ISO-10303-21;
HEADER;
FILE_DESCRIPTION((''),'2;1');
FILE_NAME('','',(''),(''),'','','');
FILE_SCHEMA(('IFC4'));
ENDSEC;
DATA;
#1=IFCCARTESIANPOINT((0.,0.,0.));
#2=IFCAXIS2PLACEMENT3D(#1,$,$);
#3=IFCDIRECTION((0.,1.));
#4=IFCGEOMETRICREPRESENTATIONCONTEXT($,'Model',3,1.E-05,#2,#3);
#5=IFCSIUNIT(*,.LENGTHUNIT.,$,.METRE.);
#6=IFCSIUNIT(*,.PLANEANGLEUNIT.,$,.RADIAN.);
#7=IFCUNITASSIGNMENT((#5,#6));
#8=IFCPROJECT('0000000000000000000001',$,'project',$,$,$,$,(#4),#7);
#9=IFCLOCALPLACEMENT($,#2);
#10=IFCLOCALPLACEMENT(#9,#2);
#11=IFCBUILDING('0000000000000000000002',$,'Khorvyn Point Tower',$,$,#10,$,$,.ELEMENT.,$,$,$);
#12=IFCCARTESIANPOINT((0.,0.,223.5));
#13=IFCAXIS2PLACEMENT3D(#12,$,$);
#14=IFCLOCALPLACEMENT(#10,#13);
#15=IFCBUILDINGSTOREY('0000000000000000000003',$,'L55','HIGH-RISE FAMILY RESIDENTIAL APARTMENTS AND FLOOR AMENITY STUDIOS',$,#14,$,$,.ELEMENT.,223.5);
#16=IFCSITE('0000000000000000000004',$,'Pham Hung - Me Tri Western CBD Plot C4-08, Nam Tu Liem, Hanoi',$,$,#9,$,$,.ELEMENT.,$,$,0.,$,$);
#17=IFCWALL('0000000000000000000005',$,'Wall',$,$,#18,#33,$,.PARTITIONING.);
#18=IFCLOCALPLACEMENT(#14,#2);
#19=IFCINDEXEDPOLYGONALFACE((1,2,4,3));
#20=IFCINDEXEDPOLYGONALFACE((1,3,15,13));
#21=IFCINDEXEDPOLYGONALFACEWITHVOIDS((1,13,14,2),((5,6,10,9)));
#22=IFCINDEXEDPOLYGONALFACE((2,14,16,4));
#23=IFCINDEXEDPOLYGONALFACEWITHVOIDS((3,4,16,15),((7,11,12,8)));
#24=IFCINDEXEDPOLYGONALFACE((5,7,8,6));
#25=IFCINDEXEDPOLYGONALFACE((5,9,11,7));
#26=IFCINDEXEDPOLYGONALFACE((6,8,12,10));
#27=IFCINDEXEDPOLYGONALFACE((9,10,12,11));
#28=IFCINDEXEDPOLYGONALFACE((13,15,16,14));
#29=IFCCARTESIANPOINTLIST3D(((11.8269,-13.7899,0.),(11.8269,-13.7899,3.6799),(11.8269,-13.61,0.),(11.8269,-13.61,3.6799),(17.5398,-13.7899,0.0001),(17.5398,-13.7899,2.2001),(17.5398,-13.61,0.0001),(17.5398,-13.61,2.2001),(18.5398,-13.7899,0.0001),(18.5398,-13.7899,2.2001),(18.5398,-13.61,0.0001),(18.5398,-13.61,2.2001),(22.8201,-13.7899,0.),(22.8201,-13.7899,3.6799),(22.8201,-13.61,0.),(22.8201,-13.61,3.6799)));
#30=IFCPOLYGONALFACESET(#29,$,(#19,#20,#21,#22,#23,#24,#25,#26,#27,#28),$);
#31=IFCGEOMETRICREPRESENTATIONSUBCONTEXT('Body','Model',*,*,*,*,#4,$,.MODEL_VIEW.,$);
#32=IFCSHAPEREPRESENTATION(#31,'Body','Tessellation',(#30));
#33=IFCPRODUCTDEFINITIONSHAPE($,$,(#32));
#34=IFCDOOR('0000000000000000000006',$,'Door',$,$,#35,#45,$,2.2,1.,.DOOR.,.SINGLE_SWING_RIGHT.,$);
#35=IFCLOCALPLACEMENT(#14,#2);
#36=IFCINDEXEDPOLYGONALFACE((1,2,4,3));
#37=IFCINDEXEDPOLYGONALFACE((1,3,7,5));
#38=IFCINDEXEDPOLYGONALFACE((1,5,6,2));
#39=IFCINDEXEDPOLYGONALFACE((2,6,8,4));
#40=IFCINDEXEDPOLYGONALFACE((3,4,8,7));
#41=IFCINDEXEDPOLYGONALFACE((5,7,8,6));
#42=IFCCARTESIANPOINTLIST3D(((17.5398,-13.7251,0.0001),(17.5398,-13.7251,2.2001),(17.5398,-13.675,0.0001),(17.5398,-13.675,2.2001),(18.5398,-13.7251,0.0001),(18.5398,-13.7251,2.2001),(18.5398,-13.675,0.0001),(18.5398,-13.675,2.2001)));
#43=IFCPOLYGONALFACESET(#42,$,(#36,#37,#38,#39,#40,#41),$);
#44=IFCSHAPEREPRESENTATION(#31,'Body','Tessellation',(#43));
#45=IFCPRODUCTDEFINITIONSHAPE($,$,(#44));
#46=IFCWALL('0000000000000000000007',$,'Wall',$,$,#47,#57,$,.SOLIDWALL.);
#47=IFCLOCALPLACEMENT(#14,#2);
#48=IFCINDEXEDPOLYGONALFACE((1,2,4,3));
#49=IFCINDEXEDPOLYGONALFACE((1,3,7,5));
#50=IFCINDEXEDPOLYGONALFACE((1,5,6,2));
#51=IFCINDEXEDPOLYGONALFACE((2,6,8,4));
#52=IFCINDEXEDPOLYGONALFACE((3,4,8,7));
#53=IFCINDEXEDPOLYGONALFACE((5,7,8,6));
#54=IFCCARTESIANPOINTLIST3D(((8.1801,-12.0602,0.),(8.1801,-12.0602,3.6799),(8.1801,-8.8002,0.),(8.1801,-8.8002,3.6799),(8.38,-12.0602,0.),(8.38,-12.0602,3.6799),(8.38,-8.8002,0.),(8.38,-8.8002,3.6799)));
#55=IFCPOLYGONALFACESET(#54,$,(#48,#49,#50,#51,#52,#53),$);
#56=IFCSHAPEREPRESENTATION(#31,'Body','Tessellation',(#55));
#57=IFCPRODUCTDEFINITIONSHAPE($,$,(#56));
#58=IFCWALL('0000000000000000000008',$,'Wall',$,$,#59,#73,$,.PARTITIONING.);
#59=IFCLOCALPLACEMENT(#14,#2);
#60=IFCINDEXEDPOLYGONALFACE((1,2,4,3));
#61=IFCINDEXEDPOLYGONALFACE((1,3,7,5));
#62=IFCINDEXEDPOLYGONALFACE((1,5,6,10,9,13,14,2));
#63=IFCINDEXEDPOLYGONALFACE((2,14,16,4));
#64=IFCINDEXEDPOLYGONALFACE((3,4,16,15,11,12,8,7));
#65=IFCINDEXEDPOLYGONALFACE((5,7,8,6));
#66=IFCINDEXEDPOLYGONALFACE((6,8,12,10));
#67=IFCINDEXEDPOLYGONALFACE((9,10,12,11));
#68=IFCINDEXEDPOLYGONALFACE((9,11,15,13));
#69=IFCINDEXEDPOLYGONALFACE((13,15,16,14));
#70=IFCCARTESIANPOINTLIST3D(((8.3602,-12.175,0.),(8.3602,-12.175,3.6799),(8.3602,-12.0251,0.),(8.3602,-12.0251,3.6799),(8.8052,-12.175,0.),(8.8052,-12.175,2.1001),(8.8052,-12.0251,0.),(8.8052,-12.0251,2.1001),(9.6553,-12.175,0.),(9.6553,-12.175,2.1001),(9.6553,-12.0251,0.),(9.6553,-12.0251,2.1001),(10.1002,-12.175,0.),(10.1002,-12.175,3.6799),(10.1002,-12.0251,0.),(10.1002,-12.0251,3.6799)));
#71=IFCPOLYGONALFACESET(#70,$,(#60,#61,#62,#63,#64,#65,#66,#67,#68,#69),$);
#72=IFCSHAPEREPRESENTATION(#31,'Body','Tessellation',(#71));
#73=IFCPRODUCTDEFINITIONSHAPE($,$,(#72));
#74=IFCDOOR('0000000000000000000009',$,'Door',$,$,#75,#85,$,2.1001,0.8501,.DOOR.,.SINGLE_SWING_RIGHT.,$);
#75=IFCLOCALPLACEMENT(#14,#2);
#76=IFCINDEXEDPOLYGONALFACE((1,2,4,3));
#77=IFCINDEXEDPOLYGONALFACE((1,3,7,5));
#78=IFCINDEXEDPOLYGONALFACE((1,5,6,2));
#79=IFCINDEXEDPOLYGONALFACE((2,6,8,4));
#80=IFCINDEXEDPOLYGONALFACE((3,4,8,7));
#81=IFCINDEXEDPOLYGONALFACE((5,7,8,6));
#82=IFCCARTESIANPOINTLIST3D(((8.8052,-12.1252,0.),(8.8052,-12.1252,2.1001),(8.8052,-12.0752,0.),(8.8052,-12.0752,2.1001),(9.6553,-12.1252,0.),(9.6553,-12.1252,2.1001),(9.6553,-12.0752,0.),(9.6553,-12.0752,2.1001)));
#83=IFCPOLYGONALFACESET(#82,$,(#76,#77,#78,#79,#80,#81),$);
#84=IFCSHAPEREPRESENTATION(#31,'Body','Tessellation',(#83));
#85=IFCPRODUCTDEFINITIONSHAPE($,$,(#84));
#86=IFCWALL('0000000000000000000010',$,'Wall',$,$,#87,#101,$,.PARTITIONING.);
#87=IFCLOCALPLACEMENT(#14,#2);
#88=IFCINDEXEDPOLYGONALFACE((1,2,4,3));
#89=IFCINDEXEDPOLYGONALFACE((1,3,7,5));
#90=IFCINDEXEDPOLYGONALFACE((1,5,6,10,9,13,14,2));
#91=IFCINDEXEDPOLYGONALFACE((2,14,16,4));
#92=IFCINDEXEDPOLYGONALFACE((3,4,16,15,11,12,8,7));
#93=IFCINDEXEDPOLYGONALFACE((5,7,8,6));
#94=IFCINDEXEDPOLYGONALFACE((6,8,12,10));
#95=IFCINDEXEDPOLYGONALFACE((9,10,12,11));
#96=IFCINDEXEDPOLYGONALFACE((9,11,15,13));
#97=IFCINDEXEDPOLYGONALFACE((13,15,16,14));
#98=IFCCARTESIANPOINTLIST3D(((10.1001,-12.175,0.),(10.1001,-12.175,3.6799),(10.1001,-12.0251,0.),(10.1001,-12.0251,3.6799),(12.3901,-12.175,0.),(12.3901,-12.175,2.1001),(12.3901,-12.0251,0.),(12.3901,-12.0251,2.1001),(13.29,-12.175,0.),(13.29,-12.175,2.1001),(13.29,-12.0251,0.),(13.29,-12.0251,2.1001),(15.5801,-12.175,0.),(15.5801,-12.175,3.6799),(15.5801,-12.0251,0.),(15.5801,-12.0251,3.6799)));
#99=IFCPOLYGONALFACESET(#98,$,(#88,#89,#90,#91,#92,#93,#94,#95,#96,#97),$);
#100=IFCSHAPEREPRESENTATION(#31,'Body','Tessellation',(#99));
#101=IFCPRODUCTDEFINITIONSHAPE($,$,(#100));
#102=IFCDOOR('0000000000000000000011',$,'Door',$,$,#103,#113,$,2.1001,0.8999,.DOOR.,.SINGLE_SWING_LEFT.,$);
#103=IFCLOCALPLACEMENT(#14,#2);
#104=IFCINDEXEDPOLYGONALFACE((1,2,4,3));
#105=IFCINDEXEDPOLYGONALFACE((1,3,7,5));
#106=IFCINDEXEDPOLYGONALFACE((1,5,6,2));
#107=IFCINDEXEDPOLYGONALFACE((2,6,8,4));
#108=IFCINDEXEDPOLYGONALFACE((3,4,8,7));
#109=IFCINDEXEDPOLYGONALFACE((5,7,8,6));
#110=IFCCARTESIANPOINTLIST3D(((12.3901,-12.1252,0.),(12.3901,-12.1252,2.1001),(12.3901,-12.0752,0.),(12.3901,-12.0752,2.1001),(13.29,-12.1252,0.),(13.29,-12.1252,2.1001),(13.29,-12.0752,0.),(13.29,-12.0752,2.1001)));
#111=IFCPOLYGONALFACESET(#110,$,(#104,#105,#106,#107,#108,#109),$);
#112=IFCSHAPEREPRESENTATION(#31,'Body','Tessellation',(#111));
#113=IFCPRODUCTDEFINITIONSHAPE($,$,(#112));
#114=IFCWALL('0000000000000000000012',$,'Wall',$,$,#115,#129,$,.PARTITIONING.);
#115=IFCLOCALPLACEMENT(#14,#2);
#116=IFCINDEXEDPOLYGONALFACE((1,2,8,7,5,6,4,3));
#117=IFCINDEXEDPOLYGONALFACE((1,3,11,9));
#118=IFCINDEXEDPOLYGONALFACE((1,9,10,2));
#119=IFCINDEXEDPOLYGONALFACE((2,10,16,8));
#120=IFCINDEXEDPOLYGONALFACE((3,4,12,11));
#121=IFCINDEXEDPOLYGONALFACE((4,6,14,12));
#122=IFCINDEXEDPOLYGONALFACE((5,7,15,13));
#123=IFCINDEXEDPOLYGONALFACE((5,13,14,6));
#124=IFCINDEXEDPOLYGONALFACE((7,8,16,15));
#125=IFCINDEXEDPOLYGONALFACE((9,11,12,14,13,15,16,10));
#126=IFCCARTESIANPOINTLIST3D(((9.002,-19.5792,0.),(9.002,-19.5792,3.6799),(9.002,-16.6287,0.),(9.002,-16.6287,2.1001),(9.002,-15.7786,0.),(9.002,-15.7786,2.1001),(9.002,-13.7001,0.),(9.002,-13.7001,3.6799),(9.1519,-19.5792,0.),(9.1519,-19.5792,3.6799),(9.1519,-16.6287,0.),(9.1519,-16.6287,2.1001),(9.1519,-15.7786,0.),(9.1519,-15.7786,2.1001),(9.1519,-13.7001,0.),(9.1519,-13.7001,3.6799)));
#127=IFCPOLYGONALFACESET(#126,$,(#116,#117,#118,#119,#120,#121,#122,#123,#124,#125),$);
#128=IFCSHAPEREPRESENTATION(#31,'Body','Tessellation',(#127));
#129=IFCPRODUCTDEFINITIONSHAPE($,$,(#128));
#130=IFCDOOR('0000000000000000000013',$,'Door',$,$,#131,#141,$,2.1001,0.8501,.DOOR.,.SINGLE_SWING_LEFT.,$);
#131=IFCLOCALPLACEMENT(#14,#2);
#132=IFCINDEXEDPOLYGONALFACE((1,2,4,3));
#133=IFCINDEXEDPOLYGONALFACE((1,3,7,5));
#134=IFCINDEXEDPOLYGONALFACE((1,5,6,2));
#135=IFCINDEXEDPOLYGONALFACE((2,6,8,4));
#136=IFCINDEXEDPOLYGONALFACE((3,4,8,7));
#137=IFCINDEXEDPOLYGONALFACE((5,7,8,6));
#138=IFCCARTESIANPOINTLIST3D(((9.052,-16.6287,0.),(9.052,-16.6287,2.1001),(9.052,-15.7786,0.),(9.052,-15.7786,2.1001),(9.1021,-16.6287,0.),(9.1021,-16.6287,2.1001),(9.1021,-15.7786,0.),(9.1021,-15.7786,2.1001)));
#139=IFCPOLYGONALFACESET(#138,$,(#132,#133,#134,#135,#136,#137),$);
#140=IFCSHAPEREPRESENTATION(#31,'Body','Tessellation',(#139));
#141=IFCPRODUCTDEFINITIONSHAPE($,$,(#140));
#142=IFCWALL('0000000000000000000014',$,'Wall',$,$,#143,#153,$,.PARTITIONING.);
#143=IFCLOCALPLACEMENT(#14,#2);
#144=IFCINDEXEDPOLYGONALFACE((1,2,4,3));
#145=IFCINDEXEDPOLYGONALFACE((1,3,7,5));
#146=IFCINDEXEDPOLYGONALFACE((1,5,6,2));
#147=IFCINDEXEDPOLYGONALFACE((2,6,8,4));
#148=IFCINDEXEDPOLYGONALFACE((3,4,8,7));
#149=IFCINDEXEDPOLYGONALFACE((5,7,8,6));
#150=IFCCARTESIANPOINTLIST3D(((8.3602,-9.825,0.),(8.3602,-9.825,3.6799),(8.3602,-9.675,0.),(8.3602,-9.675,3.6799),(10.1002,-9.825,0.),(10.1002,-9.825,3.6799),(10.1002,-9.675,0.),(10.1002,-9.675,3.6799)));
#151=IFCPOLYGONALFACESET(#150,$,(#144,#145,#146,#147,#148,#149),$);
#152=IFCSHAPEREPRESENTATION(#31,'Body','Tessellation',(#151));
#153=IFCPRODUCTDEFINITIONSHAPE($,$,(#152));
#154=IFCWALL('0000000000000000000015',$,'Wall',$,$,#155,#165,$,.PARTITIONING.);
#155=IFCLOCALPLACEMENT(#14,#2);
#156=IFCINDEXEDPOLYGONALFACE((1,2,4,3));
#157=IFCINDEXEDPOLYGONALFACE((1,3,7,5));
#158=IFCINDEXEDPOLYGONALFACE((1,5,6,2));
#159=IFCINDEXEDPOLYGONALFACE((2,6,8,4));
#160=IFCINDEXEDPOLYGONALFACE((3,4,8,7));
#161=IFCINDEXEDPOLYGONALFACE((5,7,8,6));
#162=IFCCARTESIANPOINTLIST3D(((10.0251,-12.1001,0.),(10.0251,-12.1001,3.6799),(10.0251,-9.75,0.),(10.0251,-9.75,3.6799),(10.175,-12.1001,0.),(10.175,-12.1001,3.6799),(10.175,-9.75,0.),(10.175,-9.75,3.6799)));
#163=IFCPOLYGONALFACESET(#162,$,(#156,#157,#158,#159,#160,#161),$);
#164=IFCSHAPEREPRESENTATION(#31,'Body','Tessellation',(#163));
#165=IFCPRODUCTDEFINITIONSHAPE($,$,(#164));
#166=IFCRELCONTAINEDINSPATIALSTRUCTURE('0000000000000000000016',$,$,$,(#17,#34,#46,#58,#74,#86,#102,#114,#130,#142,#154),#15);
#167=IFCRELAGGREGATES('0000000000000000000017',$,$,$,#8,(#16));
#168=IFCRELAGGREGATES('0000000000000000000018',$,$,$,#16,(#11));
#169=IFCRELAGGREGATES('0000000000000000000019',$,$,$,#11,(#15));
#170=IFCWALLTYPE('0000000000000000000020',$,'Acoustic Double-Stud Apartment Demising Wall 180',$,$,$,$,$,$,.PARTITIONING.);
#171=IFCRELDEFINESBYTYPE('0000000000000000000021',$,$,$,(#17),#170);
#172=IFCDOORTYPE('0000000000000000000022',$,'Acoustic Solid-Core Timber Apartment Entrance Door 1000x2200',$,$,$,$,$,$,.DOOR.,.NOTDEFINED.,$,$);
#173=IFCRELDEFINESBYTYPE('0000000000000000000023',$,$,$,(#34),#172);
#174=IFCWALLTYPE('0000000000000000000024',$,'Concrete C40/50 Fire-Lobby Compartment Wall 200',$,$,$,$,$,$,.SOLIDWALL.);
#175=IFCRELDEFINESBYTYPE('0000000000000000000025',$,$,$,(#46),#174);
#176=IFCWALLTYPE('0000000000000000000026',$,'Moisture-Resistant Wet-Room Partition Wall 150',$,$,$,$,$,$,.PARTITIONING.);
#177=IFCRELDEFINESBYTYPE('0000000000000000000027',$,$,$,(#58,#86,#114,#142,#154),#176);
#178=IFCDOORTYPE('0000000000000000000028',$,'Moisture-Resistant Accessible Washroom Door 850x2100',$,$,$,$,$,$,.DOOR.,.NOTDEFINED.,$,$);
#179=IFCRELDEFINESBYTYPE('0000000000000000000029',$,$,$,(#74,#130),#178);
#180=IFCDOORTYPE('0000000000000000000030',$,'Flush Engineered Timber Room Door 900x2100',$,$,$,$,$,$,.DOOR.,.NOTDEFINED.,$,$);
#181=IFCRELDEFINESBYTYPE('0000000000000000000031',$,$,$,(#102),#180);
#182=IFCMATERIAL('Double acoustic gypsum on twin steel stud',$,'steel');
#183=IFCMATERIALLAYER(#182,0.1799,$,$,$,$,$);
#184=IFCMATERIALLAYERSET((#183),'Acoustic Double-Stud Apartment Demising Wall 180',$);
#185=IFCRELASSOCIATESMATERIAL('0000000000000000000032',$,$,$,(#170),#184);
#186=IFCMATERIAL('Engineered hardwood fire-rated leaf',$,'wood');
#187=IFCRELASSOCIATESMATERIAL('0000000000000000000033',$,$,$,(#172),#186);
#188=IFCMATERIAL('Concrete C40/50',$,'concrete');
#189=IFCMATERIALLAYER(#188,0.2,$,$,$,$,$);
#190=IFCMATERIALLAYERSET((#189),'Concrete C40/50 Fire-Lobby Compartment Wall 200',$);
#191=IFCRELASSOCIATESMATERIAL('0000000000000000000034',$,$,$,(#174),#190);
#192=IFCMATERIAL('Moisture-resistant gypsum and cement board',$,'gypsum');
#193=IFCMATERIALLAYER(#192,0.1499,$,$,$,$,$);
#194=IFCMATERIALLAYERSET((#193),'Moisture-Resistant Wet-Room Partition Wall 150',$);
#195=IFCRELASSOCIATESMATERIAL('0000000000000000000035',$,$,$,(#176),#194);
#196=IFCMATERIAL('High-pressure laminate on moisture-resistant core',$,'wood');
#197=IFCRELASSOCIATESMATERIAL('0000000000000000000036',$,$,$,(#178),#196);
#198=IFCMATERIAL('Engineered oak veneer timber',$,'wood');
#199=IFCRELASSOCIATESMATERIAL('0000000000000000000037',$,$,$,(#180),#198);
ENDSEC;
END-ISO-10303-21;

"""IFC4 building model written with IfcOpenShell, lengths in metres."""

from ifc_helpers import new_model, si_unit, direction, frame, frame_2d, origin, place, context, subcontext, project, spatial, rectangle, extrude, material, layer, layer_set, type_object, element, fill, save


model = new_model("IFC4")

# Units and contexts
model_context = context("Model", 3, precision=1e-05, world=origin(), true_north=direction((0.0, 1.0)))
body_context = subcontext(model_context, "Body", "Model", "MODEL_VIEW")
ifc_project = project(units=[si_unit("LENGTHUNIT", "METRE"), si_unit("PLANEANGLEUNIT", "RADIAN")], contexts=[model_context])

# Site, building, storey
site_placement = place(None, origin())
site = spatial("IfcSite", under=ifc_project, at=site_placement, Name="Pham Hung - Me Tri Western CBD Plot C4-08, Nam Tu Liem, Hanoi", CompositionType="ELEMENT", RefElevation=0.0)
building_placement = place(site_placement, origin())
building = spatial("IfcBuilding", under=site, at=building_placement, Name="Khorvyn Point Tower", CompositionType="ELEMENT")
storey_placement = place(building_placement, frame((0.0, 0.0, 223.5)))
storey = spatial("IfcBuildingStorey", under=building, at=storey_placement, Name="L55", Description="HIGH-RISE FAMILY RESIDENTIAL APARTMENTS AND FLOOR AMENITY STUDIOS", CompositionType="ELEMENT", Elevation=223.5)

# Wall, opening, door
ifc_material_1 = material(Name="Double acoustic gypsum on twin steel stud", Category="steel")
ifc_layer_1 = layer(ifc_material_1, 0.1799)
ifc_layer_set_1 = layer_set([ifc_layer_1], Name="Acoustic Double-Stud Apartment Demising Wall 180")
wall_type_1 = type_object("IfcWallType", Name="Acoustic Double-Stud Apartment Demising Wall 180", PredefinedType="PARTITIONING", material=ifc_layer_set_1)
ifc_material_2 = material(Name="Engineered hardwood fire-rated leaf", Category="wood")
door_type_1 = type_object("IfcDoorType", Name="Acoustic Solid-Core Timber Apartment Entrance Door 1000x2200", OperationType="NOTDEFINED", PredefinedType="DOOR", material=ifc_material_2)
wall_1_placement = place(storey_placement, frame((11.8269, -13.7, 0.0), z_axis=(0.0, 0.0, 1.0), x_axis=(1.0, 0.0, 0.0)))
wall_1 = element("IfcWall", 1, at=wall_1_placement, inside=storey, type_object=wall_type_1, Name="Wall", PredefinedType="PARTITIONING", context=body_context, shape_type="SweptSolid", body=[
    extrude(rectangle(XDim=10.9932, YDim=0.1799, at=frame_2d((5.4966, 0.0))), origin(), (0.0, 0.0, 1.0), 3.6799),
])
opening_1_placement = place(wall_1_placement, frame((5.7129, 0.0, 0.0)))
opening_1 = element("IfcOpeningElement", 2, at=opening_1_placement, cuts=wall_1, PredefinedType="OPENING", context=body_context, shape_type="SweptSolid", body=[
    extrude(rectangle(XDim=1.0, YDim=2.2, at=frame_2d((0.5, 1.1001))), frame((0.0, 0.0999, 0.0), z_axis=(0.0, -1.0, 0.0), x_axis=(1.0, 0.0, 0.0)), (0.0, 0.0, 1.0), 0.2),
])
door_1_placement = place(opening_1_placement, origin())
door_1 = element("IfcDoor", 3, at=door_1_placement, inside=storey, type_object=door_type_1, Name="Door", OperationType="SINGLE_SWING_RIGHT", OverallHeight=2.2, OverallWidth=1.0, PredefinedType="DOOR", context=body_context, shape_type="SweptSolid", body=[
    extrude(rectangle(XDim=1.0, YDim=2.2, at=frame_2d((0.5, 1.1001))), frame((0.0, 0.0249, 0.0), z_axis=(0.0, -1.0, 0.0), x_axis=(1.0, 0.0, 0.0)), (0.0, 0.0, 1.0), 0.05),
])
fill(opening_1, door_1)
ifc_material_3 = material(Name="Concrete C40/50", Category="concrete")
ifc_layer_2 = layer(ifc_material_3, 0.2)
ifc_layer_set_2 = layer_set([ifc_layer_2], Name="Concrete C40/50 Fire-Lobby Compartment Wall 200")
wall_type_2 = type_object("IfcWallType", Name="Concrete C40/50 Fire-Lobby Compartment Wall 200", PredefinedType="SOLIDWALL", material=ifc_layer_set_2)

# Wall
wall_2_placement = place(storey_placement, frame((8.28, -12.0601, 0.0), z_axis=(0.0, 0.0, 1.0), x_axis=(0.0, 1.0, 0.0)))
element("IfcWall", 4, at=wall_2_placement, inside=storey, type_object=wall_type_2, Name="Wall", PredefinedType="SOLIDWALL", context=body_context, shape_type="SweptSolid", body=[
    extrude(rectangle(XDim=3.26, YDim=0.2, at=frame_2d((1.6299, 0.0))), origin(), (0.0, 0.0, 1.0), 3.6799),
])

# Walls, openings, doors
ifc_material_4 = material(Name="Moisture-resistant gypsum and cement board", Category="gypsum")
ifc_layer_3 = layer(ifc_material_4, 0.1499)
ifc_layer_set_3 = layer_set([ifc_layer_3], Name="Moisture-Resistant Wet-Room Partition Wall 150")
wall_type_3 = type_object("IfcWallType", Name="Moisture-Resistant Wet-Room Partition Wall 150", PredefinedType="PARTITIONING", material=ifc_layer_set_3)
wall_3_placement = place(storey_placement, frame((8.3601, -12.1001, 0.0), z_axis=(0.0, 0.0, 1.0), x_axis=(1.0, 0.0, 0.0)))
wall_3 = element("IfcWall", 5, at=wall_3_placement, inside=storey, type_object=wall_type_3, Name="Wall", PredefinedType="PARTITIONING", context=body_context, shape_type="SweptSolid", body=[
    extrude(rectangle(XDim=1.74, YDim=0.1499, at=frame_2d((0.8701, 0.0))), origin(), (0.0, 0.0, 1.0), 3.6799),
])
opening_2_placement = place(wall_3_placement, frame((0.4451, 0.0, 0.0)))
opening_2 = element("IfcOpeningElement", 6, at=opening_2_placement, cuts=wall_3, PredefinedType="OPENING", context=body_context, shape_type="SweptSolid", body=[
    extrude(rectangle(XDim=0.8501, YDim=2.1001, at=frame_2d((0.425, 1.05))), frame((0.0, 0.085, 0.0), z_axis=(0.0, -1.0, 0.0), x_axis=(1.0, 0.0, 0.0)), (0.0, 0.0, 1.0), 0.1699),
])
ifc_material_5 = material(Name="High-pressure laminate on moisture-resistant core", Category="wood")
door_type_2 = type_object("IfcDoorType", Name="Moisture-Resistant Accessible Washroom Door 850x2100", OperationType="NOTDEFINED", PredefinedType="DOOR", material=ifc_material_5)
door_2_placement = place(opening_2_placement, origin())
door_2 = element("IfcDoor", 7, at=door_2_placement, inside=storey, type_object=door_type_2, Name="Door", OperationType="SINGLE_SWING_RIGHT", OverallHeight=2.1001, OverallWidth=0.8501, PredefinedType="DOOR", context=body_context, shape_type="SweptSolid", body=[
    extrude(rectangle(XDim=0.8501, YDim=2.1001, at=frame_2d((0.425, 1.05))), frame((0.0, 0.0249, 0.0), z_axis=(0.0, -1.0, 0.0), x_axis=(1.0, 0.0, 0.0)), (0.0, 0.0, 1.0), 0.05),
])
fill(opening_2, door_2)
wall_4_placement = place(storey_placement, frame((10.1001, -12.1001, 0.0), z_axis=(0.0, 0.0, 1.0), x_axis=(1.0, 0.0, 0.0)))
wall_4 = element("IfcWall", 8, at=wall_4_placement, inside=storey, type_object=wall_type_3, Name="Wall", PredefinedType="PARTITIONING", context=body_context, shape_type="SweptSolid", body=[
    extrude(rectangle(XDim=5.48, YDim=0.1499, at=frame_2d((2.74, 0.0))), origin(), (0.0, 0.0, 1.0), 3.6799),
])
opening_3_placement = place(wall_4_placement, frame((2.29, 0.0, 0.0)))
opening_3 = element("IfcOpeningElement", 9, at=opening_3_placement, cuts=wall_4, PredefinedType="OPENING", context=body_context, shape_type="SweptSolid", body=[
    extrude(rectangle(XDim=0.8999, YDim=2.1001, at=frame_2d((0.45, 1.05))), frame((0.0, 0.085, 0.0), z_axis=(0.0, -1.0, 0.0), x_axis=(1.0, 0.0, 0.0)), (0.0, 0.0, 1.0), 0.1699),
])
ifc_material_6 = material(Name="Engineered oak veneer timber", Category="wood")
door_type_3 = type_object("IfcDoorType", Name="Flush Engineered Timber Room Door 900x2100", OperationType="NOTDEFINED", PredefinedType="DOOR", material=ifc_material_6)
door_3_placement = place(opening_3_placement, origin())
door_3 = element("IfcDoor", 10, at=door_3_placement, inside=storey, type_object=door_type_3, Name="Door", OperationType="SINGLE_SWING_LEFT", OverallHeight=2.1001, OverallWidth=0.8999, PredefinedType="DOOR", context=body_context, shape_type="SweptSolid", body=[
    extrude(rectangle(XDim=0.8999, YDim=2.1001, at=frame_2d((0.45, 1.05))), frame((0.0, 0.0249, 0.0), z_axis=(0.0, -1.0, 0.0), x_axis=(1.0, 0.0, 0.0)), (0.0, 0.0, 1.0), 0.05),
])
fill(opening_3, door_3)
wall_5_placement = place(storey_placement, frame((9.0769, -19.5791, 0.0), z_axis=(0.0, 0.0, 1.0), x_axis=(0.0, 1.0, 0.0)))
wall_5 = element("IfcWall", 11, at=wall_5_placement, inside=storey, type_object=wall_type_3, Name="Wall", PredefinedType="PARTITIONING", context=body_context, shape_type="SweptSolid", body=[
    extrude(rectangle(XDim=5.8792, YDim=0.1499, at=frame_2d((2.9395, 0.0))), origin(), (0.0, 0.0, 1.0), 3.6799),
])
opening_4_placement = place(wall_5_placement, frame((2.9504, 0.0, 0.0)))
opening_4 = element("IfcOpeningElement", 12, at=opening_4_placement, cuts=wall_5, PredefinedType="OPENING", context=body_context, shape_type="SweptSolid", body=[
    extrude(rectangle(XDim=0.8501, YDim=2.1001, at=frame_2d((0.425, 1.05))), frame((0.0, 0.085, 0.0), z_axis=(0.0, -1.0, 0.0), x_axis=(1.0, 0.0, 0.0)), (0.0, 0.0, 1.0), 0.1699),
])
door_4_placement = place(opening_4_placement, origin())
door_4 = element("IfcDoor", 13, at=door_4_placement, inside=storey, type_object=door_type_2, Name="Door", OperationType="SINGLE_SWING_LEFT", OverallHeight=2.1001, OverallWidth=0.8501, PredefinedType="DOOR", context=body_context, shape_type="SweptSolid", body=[
    extrude(rectangle(XDim=0.8501, YDim=2.1001, at=frame_2d((0.425, 1.05))), frame((0.0, 0.0249, 0.0), z_axis=(0.0, -1.0, 0.0), x_axis=(1.0, 0.0, 0.0)), (0.0, 0.0, 1.0), 0.05),
])
fill(opening_4, door_4)

# Walls
wall_6_placement = place(storey_placement, frame((8.3601, -9.75, 0.0), z_axis=(0.0, 0.0, 1.0), x_axis=(1.0, 0.0, 0.0)))
element("IfcWall", 14, at=wall_6_placement, inside=storey, type_object=wall_type_3, Name="Wall", PredefinedType="PARTITIONING", context=body_context, shape_type="SweptSolid", body=[
    extrude(rectangle(XDim=1.74, YDim=0.1499, at=frame_2d((0.8701, 0.0))), origin(), (0.0, 0.0, 1.0), 3.6799),
])
wall_7_placement = place(storey_placement, frame((10.1001, -12.1001, 0.0), z_axis=(0.0, 0.0, 1.0), x_axis=(0.0, 1.0, 0.0)))
element("IfcWall", 15, at=wall_7_placement, inside=storey, type_object=wall_type_3, Name="Wall", PredefinedType="PARTITIONING", context=body_context, shape_type="SweptSolid", body=[
    extrude(rectangle(XDim=2.3501, YDim=0.1499, at=frame_2d((1.175, 0.0))), origin(), (0.0, 0.0, 1.0), 3.6799),
])

save(model, "model.ifc")
